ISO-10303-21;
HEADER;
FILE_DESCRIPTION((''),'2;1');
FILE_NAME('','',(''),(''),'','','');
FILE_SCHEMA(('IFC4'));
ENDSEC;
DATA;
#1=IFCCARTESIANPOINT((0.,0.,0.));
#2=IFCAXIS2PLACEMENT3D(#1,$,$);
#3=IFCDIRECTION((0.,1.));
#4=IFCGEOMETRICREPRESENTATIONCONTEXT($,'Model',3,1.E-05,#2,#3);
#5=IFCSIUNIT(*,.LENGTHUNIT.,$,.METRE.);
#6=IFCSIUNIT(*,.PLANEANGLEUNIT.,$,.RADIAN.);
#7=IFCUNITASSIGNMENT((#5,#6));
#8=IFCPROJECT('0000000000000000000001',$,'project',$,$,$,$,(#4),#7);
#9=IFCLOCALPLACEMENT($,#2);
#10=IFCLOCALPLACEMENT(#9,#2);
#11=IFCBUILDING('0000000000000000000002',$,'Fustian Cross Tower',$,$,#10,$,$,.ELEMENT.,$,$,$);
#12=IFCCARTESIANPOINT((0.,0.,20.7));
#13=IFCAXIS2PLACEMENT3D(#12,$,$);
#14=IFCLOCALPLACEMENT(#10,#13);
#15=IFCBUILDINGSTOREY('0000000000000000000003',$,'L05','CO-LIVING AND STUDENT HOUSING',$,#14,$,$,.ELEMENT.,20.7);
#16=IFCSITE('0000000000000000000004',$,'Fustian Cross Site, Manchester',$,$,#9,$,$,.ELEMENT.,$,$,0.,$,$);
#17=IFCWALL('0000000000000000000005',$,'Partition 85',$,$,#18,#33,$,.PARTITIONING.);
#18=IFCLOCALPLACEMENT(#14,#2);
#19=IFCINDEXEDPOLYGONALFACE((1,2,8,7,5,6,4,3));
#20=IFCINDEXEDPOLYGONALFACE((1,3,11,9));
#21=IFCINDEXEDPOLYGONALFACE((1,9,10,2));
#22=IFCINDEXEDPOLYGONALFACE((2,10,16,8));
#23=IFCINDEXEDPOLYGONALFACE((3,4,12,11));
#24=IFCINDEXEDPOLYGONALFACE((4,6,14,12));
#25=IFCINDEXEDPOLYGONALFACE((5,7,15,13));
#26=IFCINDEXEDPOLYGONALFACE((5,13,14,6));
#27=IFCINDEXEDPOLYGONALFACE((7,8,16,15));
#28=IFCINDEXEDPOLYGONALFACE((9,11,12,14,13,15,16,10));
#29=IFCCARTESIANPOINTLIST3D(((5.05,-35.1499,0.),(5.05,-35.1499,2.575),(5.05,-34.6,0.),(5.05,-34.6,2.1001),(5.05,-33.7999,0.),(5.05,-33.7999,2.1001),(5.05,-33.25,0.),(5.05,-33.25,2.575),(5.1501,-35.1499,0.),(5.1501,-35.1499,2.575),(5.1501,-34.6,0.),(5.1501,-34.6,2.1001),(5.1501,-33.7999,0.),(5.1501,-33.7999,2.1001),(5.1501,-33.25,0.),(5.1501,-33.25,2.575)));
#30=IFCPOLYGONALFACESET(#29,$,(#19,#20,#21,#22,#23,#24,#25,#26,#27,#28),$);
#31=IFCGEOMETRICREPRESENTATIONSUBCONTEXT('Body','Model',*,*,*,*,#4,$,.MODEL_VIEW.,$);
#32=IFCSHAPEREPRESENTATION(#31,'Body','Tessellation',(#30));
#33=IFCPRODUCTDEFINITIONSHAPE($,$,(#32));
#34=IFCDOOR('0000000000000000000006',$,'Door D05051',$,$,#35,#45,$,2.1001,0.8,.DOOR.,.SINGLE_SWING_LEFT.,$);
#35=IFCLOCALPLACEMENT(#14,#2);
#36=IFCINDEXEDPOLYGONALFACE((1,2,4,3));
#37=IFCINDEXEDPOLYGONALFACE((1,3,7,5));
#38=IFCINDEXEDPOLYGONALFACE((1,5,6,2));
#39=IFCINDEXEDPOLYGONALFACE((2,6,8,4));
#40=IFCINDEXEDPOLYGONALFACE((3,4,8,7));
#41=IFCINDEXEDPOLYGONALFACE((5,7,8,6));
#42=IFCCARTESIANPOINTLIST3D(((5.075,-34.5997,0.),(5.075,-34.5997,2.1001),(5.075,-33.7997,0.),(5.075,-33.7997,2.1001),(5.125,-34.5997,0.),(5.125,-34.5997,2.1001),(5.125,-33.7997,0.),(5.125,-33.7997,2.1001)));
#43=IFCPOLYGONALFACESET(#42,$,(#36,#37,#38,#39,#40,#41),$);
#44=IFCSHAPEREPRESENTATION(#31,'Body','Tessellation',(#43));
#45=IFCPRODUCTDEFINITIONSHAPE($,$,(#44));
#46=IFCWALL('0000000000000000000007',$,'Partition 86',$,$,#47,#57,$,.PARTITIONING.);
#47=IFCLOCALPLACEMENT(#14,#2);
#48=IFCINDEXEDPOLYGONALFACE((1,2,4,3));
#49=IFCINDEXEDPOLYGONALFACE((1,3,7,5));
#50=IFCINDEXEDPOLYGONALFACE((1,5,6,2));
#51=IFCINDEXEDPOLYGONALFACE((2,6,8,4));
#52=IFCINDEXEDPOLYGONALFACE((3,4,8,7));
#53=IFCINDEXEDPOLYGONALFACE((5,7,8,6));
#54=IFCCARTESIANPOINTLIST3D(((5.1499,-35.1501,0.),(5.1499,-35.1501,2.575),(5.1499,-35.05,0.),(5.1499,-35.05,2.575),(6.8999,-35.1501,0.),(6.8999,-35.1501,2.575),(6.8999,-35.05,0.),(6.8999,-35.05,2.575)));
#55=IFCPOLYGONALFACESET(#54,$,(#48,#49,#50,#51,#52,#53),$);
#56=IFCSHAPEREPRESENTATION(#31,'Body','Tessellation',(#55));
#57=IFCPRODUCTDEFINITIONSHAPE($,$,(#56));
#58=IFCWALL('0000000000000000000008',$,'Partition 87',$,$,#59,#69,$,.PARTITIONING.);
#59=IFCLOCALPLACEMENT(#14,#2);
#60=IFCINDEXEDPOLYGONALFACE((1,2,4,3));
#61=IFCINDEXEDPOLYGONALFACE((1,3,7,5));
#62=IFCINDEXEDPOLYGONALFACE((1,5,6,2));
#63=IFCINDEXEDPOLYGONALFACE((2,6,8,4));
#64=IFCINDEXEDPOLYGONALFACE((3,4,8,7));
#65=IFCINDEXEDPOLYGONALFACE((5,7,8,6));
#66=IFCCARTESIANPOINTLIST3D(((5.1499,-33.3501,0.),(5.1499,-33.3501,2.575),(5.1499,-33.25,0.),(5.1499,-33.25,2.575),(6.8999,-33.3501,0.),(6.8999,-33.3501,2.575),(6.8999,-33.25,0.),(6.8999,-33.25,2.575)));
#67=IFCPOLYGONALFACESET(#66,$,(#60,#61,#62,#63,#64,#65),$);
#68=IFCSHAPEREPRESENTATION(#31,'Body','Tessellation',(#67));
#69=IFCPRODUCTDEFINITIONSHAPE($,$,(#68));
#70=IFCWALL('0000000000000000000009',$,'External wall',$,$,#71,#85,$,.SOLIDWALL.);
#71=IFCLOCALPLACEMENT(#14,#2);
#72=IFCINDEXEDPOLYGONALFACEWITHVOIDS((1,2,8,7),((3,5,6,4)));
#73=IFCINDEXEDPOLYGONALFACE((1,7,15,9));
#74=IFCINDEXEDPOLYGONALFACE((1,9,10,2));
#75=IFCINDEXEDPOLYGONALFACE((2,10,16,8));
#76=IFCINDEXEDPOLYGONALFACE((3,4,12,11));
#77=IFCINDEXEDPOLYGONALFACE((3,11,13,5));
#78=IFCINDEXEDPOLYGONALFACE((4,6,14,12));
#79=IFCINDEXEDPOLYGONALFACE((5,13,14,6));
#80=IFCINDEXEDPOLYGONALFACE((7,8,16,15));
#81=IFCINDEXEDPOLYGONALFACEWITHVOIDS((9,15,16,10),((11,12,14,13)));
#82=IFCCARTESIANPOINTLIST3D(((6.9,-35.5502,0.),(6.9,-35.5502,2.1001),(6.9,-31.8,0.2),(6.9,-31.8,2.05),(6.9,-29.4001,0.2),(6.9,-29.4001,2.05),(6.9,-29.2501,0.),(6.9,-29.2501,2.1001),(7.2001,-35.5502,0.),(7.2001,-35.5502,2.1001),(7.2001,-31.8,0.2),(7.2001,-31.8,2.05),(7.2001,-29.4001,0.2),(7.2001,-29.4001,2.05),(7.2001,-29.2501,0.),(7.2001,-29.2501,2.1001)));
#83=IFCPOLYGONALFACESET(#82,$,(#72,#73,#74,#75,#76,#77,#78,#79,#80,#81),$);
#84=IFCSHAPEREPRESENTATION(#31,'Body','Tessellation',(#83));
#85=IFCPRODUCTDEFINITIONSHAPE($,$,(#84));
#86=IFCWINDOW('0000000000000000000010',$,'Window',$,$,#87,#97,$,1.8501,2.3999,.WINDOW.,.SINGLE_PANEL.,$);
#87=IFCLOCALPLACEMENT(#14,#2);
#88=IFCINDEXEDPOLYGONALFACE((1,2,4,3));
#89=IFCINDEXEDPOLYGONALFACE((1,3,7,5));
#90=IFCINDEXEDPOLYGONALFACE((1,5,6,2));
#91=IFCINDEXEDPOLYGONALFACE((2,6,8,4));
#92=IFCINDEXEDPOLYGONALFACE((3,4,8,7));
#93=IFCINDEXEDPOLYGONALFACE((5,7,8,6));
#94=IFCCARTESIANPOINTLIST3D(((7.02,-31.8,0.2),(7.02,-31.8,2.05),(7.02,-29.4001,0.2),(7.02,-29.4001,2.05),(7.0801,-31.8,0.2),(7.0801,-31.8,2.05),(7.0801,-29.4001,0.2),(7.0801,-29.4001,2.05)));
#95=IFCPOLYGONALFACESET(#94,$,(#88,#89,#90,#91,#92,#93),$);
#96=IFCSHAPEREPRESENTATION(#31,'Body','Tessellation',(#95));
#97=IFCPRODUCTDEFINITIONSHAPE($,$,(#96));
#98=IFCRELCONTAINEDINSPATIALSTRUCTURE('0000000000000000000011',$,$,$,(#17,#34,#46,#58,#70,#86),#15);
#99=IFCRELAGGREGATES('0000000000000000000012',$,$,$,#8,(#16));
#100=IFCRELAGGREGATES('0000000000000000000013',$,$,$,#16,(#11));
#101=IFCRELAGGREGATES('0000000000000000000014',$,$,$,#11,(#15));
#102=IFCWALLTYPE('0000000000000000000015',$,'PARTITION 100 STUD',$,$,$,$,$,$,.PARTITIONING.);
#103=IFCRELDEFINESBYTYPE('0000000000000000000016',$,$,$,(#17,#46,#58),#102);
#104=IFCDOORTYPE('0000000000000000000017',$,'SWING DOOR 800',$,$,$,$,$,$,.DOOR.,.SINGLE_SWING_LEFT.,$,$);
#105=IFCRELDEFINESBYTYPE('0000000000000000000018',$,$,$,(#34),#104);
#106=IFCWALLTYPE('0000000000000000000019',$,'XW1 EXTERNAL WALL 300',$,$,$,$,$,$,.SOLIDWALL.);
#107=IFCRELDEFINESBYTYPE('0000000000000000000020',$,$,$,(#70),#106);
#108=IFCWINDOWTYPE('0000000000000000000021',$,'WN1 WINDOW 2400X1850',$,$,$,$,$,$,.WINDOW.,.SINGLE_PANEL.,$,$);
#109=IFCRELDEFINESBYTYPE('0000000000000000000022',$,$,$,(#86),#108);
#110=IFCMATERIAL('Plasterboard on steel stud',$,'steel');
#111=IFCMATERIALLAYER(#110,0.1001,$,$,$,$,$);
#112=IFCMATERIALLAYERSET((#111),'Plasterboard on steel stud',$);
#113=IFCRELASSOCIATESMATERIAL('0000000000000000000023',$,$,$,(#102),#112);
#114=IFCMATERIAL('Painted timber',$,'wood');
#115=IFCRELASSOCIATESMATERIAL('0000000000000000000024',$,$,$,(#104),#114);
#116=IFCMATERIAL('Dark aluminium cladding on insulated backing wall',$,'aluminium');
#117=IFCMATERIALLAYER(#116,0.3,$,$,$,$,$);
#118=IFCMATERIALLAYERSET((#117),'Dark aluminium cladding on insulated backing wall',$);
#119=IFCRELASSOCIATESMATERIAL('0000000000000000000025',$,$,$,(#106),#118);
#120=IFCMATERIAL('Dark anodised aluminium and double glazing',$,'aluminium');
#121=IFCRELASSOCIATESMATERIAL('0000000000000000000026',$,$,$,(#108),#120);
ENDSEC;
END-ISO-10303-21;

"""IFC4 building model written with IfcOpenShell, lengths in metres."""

from ifc_helpers import new_model, si_unit, direction, frame, frame_2d, origin, place, context, subcontext, project, spatial, rectangle, extrude, material, layer, layer_set, type_object, element, fill, save


model = new_model("IFC4")

# Units and contexts
model_context = context("Model", 3, precision=1e-05, world=origin(), true_north=direction((0.0, 1.0)))
body_context = subcontext(model_context, "Body", "Model", "MODEL_VIEW")
ifc_project = project(units=[si_unit("LENGTHUNIT", "METRE"), si_unit("PLANEANGLEUNIT", "RADIAN")], contexts=[model_context])

# Site, building, storey
site_placement = place(None, origin())
site = spatial("IfcSite", under=ifc_project, at=site_placement, Name="Fustian Cross Site, Manchester", CompositionType="ELEMENT", RefElevation=0.0)
building_placement = place(site_placement, origin())
building = spatial("IfcBuilding", under=site, at=building_placement, Name="Fustian Cross Tower", CompositionType="ELEMENT")
storey_placement = place(building_placement, frame((0.0, 0.0, 20.7)))
storey = spatial("IfcBuildingStorey", under=building, at=storey_placement, Name="L05", Description="CO-LIVING AND STUDENT HOUSING", CompositionType="ELEMENT", Elevation=20.7)

# Shared definitions
ifc_material_1 = material(Name="Plasterboard on steel stud", Category="steel")
ifc_layer_1 = layer(ifc_material_1, 0.1001)
ifc_layer_set_1 = layer_set([ifc_layer_1], Name="Plasterboard on steel stud")
wall_type_1 = type_object("IfcWallType", Name="PARTITION 100 STUD", PredefinedType="PARTITIONING", material=ifc_layer_set_1)

# Wall, opening, door
wall_1_placement = place(storey_placement, frame((5.1001, -35.1499, 0.0), z_axis=(0.0, 0.0, 1.0), x_axis=(0.0, 1.0, 0.0)))
wall_1 = element("IfcWall", 1, at=wall_1_placement, inside=storey, type_object=wall_type_1, Name="Partition 85", PredefinedType="PARTITIONING", context=body_context, shape_type="SweptSolid", body=[
    extrude(rectangle(XDim=1.8999, YDim=0.1001, at=frame_2d((0.95, 0.0))), origin(), (0.0, 0.0, 1.0), 2.575),
])
opening_1_placement = place(wall_1_placement, frame((0.55, 0.0, 0.0)))
opening_1 = element("IfcOpeningElement", 2, at=opening_1_placement, cuts=wall_1, PredefinedType="OPENING", context=body_context, shape_type="SweptSolid", body=[
    extrude(rectangle(XDim=0.8, YDim=2.1001, at=frame_2d((0.3999, 1.05))), frame((0.0, 0.0601, 0.0), z_axis=(0.0, -1.0, 0.0), x_axis=(1.0, 0.0, 0.0)), (0.0, 0.0, 1.0), 0.1201),
])
ifc_material_2 = material(Name="Painted timber", Category="wood")
door_type_1 = type_object("IfcDoorType", Name="SWING DOOR 800", OperationType="SINGLE_SWING_LEFT", PredefinedType="DOOR", material=ifc_material_2)
door_1_placement = place(opening_1_placement, frame((0.8, 0.0, 0.0), z_axis=(0.0, 0.0, 1.0), x_axis=(-1.0, 0.0, 0.0)))
door_1 = element("IfcDoor", 3, at=door_1_placement, inside=storey, type_object=door_type_1, Name="Door D05051", OperationType="SINGLE_SWING_LEFT", OverallHeight=2.1001, OverallWidth=0.8, PredefinedType="DOOR", context=body_context, shape_type="SweptSolid", body=[
    extrude(rectangle(XDim=0.8, YDim=2.1001, at=frame_2d((0.3999, 1.05))), frame((0.0, 0.0249, 0.0), z_axis=(0.0, -1.0, 0.0), x_axis=(1.0, 0.0, 0.0)), (0.0, 0.0, 1.0), 0.05),
])
fill(opening_1, door_1)

# Walls
for number, where, z_axis, x_axis, name in (
    (4, (5.1499, -35.1001, 0.0), (0.0, 0.0, 1.0), (1.0, 0.0, 0.0), "Partition 86"),
    (5, (5.1499, -33.3, 0.0), (0.0, 0.0, 1.0), (1.0, 0.0, 0.0), "Partition 87"),
):
    element("IfcWall", number, at=place(storey_placement, frame(where, z_axis=z_axis, x_axis=x_axis)), inside=storey, type_object=wall_type_1, Name=name, PredefinedType="PARTITIONING", context=body_context, shape_type="SweptSolid", body=[
        extrude(rectangle(XDim=1.75, YDim=0.1001, at=frame_2d((0.875, 0.0))), origin(), (0.0, 0.0, 1.0), 2.575),
    ])

# Wall, opening, window
ifc_material_3 = material(Name="Dark aluminium cladding on insulated backing wall", Category="aluminium")
ifc_layer_2 = layer(ifc_material_3, 0.3)
ifc_layer_set_2 = layer_set([ifc_layer_2], Name="Dark aluminium cladding on insulated backing wall")
wall_type_2 = type_object("IfcWallType", Name="XW1 EXTERNAL WALL 300", PredefinedType="SOLIDWALL", material=ifc_layer_set_2)
wall_2_placement = place(storey_placement, frame((7.05, -35.55, 0.0), z_axis=(0.0, 0.0, 1.0), x_axis=(0.0, 1.0, 0.0)))
wall_2 = element("IfcWall", 6, at=wall_2_placement, inside=storey, type_object=wall_type_2, Name="External wall", PredefinedType="SOLIDWALL", context=body_context, shape_type="SweptSolid", body=[
    extrude(rectangle(XDim=6.3, YDim=0.3, at=frame_2d((3.1499, 0.0))), origin(), (0.0, 0.0, 1.0), 2.1001),
])
opening_2_placement = place(wall_2_placement, frame((3.75, 0.0, 0.2)))
opening_2 = element("IfcOpeningElement", 7, at=opening_2_placement, cuts=wall_2, PredefinedType="OPENING", context=body_context, shape_type="SweptSolid", body=[
    extrude(rectangle(XDim=2.3999, YDim=1.8501, at=frame_2d((1.2, 0.925))), frame((0.0, 0.1599, 0.0), z_axis=(0.0, -1.0, 0.0), x_axis=(1.0, 0.0, 0.0)), (0.0, 0.0, 1.0), 0.3201),
])
ifc_material_4 = material(Name="Dark anodised aluminium and double glazing", Category="aluminium")
window_type = type_object("IfcWindowType", Name="WN1 WINDOW 2400X1850", PartitioningType="SINGLE_PANEL", PredefinedType="WINDOW", material=ifc_material_4)
window_placement = place(opening_2_placement, origin())
window = element("IfcWindow", 8, at=window_placement, inside=storey, type_object=window_type, Name="Window", OverallHeight=1.8501, OverallWidth=2.3999, PartitioningType="SINGLE_PANEL", PredefinedType="WINDOW", context=body_context, shape_type="SweptSolid", body=[
    extrude(rectangle(XDim=2.3999, YDim=1.8501, at=frame_2d((1.2, 0.925))), frame((0.0, 0.03, 0.0), z_axis=(0.0, -1.0, 0.0), x_axis=(1.0, 0.0, 0.0)), (0.0, 0.0, 1.0), 0.0601),
])
fill(opening_2, window)

save(model, "model.ifc")
